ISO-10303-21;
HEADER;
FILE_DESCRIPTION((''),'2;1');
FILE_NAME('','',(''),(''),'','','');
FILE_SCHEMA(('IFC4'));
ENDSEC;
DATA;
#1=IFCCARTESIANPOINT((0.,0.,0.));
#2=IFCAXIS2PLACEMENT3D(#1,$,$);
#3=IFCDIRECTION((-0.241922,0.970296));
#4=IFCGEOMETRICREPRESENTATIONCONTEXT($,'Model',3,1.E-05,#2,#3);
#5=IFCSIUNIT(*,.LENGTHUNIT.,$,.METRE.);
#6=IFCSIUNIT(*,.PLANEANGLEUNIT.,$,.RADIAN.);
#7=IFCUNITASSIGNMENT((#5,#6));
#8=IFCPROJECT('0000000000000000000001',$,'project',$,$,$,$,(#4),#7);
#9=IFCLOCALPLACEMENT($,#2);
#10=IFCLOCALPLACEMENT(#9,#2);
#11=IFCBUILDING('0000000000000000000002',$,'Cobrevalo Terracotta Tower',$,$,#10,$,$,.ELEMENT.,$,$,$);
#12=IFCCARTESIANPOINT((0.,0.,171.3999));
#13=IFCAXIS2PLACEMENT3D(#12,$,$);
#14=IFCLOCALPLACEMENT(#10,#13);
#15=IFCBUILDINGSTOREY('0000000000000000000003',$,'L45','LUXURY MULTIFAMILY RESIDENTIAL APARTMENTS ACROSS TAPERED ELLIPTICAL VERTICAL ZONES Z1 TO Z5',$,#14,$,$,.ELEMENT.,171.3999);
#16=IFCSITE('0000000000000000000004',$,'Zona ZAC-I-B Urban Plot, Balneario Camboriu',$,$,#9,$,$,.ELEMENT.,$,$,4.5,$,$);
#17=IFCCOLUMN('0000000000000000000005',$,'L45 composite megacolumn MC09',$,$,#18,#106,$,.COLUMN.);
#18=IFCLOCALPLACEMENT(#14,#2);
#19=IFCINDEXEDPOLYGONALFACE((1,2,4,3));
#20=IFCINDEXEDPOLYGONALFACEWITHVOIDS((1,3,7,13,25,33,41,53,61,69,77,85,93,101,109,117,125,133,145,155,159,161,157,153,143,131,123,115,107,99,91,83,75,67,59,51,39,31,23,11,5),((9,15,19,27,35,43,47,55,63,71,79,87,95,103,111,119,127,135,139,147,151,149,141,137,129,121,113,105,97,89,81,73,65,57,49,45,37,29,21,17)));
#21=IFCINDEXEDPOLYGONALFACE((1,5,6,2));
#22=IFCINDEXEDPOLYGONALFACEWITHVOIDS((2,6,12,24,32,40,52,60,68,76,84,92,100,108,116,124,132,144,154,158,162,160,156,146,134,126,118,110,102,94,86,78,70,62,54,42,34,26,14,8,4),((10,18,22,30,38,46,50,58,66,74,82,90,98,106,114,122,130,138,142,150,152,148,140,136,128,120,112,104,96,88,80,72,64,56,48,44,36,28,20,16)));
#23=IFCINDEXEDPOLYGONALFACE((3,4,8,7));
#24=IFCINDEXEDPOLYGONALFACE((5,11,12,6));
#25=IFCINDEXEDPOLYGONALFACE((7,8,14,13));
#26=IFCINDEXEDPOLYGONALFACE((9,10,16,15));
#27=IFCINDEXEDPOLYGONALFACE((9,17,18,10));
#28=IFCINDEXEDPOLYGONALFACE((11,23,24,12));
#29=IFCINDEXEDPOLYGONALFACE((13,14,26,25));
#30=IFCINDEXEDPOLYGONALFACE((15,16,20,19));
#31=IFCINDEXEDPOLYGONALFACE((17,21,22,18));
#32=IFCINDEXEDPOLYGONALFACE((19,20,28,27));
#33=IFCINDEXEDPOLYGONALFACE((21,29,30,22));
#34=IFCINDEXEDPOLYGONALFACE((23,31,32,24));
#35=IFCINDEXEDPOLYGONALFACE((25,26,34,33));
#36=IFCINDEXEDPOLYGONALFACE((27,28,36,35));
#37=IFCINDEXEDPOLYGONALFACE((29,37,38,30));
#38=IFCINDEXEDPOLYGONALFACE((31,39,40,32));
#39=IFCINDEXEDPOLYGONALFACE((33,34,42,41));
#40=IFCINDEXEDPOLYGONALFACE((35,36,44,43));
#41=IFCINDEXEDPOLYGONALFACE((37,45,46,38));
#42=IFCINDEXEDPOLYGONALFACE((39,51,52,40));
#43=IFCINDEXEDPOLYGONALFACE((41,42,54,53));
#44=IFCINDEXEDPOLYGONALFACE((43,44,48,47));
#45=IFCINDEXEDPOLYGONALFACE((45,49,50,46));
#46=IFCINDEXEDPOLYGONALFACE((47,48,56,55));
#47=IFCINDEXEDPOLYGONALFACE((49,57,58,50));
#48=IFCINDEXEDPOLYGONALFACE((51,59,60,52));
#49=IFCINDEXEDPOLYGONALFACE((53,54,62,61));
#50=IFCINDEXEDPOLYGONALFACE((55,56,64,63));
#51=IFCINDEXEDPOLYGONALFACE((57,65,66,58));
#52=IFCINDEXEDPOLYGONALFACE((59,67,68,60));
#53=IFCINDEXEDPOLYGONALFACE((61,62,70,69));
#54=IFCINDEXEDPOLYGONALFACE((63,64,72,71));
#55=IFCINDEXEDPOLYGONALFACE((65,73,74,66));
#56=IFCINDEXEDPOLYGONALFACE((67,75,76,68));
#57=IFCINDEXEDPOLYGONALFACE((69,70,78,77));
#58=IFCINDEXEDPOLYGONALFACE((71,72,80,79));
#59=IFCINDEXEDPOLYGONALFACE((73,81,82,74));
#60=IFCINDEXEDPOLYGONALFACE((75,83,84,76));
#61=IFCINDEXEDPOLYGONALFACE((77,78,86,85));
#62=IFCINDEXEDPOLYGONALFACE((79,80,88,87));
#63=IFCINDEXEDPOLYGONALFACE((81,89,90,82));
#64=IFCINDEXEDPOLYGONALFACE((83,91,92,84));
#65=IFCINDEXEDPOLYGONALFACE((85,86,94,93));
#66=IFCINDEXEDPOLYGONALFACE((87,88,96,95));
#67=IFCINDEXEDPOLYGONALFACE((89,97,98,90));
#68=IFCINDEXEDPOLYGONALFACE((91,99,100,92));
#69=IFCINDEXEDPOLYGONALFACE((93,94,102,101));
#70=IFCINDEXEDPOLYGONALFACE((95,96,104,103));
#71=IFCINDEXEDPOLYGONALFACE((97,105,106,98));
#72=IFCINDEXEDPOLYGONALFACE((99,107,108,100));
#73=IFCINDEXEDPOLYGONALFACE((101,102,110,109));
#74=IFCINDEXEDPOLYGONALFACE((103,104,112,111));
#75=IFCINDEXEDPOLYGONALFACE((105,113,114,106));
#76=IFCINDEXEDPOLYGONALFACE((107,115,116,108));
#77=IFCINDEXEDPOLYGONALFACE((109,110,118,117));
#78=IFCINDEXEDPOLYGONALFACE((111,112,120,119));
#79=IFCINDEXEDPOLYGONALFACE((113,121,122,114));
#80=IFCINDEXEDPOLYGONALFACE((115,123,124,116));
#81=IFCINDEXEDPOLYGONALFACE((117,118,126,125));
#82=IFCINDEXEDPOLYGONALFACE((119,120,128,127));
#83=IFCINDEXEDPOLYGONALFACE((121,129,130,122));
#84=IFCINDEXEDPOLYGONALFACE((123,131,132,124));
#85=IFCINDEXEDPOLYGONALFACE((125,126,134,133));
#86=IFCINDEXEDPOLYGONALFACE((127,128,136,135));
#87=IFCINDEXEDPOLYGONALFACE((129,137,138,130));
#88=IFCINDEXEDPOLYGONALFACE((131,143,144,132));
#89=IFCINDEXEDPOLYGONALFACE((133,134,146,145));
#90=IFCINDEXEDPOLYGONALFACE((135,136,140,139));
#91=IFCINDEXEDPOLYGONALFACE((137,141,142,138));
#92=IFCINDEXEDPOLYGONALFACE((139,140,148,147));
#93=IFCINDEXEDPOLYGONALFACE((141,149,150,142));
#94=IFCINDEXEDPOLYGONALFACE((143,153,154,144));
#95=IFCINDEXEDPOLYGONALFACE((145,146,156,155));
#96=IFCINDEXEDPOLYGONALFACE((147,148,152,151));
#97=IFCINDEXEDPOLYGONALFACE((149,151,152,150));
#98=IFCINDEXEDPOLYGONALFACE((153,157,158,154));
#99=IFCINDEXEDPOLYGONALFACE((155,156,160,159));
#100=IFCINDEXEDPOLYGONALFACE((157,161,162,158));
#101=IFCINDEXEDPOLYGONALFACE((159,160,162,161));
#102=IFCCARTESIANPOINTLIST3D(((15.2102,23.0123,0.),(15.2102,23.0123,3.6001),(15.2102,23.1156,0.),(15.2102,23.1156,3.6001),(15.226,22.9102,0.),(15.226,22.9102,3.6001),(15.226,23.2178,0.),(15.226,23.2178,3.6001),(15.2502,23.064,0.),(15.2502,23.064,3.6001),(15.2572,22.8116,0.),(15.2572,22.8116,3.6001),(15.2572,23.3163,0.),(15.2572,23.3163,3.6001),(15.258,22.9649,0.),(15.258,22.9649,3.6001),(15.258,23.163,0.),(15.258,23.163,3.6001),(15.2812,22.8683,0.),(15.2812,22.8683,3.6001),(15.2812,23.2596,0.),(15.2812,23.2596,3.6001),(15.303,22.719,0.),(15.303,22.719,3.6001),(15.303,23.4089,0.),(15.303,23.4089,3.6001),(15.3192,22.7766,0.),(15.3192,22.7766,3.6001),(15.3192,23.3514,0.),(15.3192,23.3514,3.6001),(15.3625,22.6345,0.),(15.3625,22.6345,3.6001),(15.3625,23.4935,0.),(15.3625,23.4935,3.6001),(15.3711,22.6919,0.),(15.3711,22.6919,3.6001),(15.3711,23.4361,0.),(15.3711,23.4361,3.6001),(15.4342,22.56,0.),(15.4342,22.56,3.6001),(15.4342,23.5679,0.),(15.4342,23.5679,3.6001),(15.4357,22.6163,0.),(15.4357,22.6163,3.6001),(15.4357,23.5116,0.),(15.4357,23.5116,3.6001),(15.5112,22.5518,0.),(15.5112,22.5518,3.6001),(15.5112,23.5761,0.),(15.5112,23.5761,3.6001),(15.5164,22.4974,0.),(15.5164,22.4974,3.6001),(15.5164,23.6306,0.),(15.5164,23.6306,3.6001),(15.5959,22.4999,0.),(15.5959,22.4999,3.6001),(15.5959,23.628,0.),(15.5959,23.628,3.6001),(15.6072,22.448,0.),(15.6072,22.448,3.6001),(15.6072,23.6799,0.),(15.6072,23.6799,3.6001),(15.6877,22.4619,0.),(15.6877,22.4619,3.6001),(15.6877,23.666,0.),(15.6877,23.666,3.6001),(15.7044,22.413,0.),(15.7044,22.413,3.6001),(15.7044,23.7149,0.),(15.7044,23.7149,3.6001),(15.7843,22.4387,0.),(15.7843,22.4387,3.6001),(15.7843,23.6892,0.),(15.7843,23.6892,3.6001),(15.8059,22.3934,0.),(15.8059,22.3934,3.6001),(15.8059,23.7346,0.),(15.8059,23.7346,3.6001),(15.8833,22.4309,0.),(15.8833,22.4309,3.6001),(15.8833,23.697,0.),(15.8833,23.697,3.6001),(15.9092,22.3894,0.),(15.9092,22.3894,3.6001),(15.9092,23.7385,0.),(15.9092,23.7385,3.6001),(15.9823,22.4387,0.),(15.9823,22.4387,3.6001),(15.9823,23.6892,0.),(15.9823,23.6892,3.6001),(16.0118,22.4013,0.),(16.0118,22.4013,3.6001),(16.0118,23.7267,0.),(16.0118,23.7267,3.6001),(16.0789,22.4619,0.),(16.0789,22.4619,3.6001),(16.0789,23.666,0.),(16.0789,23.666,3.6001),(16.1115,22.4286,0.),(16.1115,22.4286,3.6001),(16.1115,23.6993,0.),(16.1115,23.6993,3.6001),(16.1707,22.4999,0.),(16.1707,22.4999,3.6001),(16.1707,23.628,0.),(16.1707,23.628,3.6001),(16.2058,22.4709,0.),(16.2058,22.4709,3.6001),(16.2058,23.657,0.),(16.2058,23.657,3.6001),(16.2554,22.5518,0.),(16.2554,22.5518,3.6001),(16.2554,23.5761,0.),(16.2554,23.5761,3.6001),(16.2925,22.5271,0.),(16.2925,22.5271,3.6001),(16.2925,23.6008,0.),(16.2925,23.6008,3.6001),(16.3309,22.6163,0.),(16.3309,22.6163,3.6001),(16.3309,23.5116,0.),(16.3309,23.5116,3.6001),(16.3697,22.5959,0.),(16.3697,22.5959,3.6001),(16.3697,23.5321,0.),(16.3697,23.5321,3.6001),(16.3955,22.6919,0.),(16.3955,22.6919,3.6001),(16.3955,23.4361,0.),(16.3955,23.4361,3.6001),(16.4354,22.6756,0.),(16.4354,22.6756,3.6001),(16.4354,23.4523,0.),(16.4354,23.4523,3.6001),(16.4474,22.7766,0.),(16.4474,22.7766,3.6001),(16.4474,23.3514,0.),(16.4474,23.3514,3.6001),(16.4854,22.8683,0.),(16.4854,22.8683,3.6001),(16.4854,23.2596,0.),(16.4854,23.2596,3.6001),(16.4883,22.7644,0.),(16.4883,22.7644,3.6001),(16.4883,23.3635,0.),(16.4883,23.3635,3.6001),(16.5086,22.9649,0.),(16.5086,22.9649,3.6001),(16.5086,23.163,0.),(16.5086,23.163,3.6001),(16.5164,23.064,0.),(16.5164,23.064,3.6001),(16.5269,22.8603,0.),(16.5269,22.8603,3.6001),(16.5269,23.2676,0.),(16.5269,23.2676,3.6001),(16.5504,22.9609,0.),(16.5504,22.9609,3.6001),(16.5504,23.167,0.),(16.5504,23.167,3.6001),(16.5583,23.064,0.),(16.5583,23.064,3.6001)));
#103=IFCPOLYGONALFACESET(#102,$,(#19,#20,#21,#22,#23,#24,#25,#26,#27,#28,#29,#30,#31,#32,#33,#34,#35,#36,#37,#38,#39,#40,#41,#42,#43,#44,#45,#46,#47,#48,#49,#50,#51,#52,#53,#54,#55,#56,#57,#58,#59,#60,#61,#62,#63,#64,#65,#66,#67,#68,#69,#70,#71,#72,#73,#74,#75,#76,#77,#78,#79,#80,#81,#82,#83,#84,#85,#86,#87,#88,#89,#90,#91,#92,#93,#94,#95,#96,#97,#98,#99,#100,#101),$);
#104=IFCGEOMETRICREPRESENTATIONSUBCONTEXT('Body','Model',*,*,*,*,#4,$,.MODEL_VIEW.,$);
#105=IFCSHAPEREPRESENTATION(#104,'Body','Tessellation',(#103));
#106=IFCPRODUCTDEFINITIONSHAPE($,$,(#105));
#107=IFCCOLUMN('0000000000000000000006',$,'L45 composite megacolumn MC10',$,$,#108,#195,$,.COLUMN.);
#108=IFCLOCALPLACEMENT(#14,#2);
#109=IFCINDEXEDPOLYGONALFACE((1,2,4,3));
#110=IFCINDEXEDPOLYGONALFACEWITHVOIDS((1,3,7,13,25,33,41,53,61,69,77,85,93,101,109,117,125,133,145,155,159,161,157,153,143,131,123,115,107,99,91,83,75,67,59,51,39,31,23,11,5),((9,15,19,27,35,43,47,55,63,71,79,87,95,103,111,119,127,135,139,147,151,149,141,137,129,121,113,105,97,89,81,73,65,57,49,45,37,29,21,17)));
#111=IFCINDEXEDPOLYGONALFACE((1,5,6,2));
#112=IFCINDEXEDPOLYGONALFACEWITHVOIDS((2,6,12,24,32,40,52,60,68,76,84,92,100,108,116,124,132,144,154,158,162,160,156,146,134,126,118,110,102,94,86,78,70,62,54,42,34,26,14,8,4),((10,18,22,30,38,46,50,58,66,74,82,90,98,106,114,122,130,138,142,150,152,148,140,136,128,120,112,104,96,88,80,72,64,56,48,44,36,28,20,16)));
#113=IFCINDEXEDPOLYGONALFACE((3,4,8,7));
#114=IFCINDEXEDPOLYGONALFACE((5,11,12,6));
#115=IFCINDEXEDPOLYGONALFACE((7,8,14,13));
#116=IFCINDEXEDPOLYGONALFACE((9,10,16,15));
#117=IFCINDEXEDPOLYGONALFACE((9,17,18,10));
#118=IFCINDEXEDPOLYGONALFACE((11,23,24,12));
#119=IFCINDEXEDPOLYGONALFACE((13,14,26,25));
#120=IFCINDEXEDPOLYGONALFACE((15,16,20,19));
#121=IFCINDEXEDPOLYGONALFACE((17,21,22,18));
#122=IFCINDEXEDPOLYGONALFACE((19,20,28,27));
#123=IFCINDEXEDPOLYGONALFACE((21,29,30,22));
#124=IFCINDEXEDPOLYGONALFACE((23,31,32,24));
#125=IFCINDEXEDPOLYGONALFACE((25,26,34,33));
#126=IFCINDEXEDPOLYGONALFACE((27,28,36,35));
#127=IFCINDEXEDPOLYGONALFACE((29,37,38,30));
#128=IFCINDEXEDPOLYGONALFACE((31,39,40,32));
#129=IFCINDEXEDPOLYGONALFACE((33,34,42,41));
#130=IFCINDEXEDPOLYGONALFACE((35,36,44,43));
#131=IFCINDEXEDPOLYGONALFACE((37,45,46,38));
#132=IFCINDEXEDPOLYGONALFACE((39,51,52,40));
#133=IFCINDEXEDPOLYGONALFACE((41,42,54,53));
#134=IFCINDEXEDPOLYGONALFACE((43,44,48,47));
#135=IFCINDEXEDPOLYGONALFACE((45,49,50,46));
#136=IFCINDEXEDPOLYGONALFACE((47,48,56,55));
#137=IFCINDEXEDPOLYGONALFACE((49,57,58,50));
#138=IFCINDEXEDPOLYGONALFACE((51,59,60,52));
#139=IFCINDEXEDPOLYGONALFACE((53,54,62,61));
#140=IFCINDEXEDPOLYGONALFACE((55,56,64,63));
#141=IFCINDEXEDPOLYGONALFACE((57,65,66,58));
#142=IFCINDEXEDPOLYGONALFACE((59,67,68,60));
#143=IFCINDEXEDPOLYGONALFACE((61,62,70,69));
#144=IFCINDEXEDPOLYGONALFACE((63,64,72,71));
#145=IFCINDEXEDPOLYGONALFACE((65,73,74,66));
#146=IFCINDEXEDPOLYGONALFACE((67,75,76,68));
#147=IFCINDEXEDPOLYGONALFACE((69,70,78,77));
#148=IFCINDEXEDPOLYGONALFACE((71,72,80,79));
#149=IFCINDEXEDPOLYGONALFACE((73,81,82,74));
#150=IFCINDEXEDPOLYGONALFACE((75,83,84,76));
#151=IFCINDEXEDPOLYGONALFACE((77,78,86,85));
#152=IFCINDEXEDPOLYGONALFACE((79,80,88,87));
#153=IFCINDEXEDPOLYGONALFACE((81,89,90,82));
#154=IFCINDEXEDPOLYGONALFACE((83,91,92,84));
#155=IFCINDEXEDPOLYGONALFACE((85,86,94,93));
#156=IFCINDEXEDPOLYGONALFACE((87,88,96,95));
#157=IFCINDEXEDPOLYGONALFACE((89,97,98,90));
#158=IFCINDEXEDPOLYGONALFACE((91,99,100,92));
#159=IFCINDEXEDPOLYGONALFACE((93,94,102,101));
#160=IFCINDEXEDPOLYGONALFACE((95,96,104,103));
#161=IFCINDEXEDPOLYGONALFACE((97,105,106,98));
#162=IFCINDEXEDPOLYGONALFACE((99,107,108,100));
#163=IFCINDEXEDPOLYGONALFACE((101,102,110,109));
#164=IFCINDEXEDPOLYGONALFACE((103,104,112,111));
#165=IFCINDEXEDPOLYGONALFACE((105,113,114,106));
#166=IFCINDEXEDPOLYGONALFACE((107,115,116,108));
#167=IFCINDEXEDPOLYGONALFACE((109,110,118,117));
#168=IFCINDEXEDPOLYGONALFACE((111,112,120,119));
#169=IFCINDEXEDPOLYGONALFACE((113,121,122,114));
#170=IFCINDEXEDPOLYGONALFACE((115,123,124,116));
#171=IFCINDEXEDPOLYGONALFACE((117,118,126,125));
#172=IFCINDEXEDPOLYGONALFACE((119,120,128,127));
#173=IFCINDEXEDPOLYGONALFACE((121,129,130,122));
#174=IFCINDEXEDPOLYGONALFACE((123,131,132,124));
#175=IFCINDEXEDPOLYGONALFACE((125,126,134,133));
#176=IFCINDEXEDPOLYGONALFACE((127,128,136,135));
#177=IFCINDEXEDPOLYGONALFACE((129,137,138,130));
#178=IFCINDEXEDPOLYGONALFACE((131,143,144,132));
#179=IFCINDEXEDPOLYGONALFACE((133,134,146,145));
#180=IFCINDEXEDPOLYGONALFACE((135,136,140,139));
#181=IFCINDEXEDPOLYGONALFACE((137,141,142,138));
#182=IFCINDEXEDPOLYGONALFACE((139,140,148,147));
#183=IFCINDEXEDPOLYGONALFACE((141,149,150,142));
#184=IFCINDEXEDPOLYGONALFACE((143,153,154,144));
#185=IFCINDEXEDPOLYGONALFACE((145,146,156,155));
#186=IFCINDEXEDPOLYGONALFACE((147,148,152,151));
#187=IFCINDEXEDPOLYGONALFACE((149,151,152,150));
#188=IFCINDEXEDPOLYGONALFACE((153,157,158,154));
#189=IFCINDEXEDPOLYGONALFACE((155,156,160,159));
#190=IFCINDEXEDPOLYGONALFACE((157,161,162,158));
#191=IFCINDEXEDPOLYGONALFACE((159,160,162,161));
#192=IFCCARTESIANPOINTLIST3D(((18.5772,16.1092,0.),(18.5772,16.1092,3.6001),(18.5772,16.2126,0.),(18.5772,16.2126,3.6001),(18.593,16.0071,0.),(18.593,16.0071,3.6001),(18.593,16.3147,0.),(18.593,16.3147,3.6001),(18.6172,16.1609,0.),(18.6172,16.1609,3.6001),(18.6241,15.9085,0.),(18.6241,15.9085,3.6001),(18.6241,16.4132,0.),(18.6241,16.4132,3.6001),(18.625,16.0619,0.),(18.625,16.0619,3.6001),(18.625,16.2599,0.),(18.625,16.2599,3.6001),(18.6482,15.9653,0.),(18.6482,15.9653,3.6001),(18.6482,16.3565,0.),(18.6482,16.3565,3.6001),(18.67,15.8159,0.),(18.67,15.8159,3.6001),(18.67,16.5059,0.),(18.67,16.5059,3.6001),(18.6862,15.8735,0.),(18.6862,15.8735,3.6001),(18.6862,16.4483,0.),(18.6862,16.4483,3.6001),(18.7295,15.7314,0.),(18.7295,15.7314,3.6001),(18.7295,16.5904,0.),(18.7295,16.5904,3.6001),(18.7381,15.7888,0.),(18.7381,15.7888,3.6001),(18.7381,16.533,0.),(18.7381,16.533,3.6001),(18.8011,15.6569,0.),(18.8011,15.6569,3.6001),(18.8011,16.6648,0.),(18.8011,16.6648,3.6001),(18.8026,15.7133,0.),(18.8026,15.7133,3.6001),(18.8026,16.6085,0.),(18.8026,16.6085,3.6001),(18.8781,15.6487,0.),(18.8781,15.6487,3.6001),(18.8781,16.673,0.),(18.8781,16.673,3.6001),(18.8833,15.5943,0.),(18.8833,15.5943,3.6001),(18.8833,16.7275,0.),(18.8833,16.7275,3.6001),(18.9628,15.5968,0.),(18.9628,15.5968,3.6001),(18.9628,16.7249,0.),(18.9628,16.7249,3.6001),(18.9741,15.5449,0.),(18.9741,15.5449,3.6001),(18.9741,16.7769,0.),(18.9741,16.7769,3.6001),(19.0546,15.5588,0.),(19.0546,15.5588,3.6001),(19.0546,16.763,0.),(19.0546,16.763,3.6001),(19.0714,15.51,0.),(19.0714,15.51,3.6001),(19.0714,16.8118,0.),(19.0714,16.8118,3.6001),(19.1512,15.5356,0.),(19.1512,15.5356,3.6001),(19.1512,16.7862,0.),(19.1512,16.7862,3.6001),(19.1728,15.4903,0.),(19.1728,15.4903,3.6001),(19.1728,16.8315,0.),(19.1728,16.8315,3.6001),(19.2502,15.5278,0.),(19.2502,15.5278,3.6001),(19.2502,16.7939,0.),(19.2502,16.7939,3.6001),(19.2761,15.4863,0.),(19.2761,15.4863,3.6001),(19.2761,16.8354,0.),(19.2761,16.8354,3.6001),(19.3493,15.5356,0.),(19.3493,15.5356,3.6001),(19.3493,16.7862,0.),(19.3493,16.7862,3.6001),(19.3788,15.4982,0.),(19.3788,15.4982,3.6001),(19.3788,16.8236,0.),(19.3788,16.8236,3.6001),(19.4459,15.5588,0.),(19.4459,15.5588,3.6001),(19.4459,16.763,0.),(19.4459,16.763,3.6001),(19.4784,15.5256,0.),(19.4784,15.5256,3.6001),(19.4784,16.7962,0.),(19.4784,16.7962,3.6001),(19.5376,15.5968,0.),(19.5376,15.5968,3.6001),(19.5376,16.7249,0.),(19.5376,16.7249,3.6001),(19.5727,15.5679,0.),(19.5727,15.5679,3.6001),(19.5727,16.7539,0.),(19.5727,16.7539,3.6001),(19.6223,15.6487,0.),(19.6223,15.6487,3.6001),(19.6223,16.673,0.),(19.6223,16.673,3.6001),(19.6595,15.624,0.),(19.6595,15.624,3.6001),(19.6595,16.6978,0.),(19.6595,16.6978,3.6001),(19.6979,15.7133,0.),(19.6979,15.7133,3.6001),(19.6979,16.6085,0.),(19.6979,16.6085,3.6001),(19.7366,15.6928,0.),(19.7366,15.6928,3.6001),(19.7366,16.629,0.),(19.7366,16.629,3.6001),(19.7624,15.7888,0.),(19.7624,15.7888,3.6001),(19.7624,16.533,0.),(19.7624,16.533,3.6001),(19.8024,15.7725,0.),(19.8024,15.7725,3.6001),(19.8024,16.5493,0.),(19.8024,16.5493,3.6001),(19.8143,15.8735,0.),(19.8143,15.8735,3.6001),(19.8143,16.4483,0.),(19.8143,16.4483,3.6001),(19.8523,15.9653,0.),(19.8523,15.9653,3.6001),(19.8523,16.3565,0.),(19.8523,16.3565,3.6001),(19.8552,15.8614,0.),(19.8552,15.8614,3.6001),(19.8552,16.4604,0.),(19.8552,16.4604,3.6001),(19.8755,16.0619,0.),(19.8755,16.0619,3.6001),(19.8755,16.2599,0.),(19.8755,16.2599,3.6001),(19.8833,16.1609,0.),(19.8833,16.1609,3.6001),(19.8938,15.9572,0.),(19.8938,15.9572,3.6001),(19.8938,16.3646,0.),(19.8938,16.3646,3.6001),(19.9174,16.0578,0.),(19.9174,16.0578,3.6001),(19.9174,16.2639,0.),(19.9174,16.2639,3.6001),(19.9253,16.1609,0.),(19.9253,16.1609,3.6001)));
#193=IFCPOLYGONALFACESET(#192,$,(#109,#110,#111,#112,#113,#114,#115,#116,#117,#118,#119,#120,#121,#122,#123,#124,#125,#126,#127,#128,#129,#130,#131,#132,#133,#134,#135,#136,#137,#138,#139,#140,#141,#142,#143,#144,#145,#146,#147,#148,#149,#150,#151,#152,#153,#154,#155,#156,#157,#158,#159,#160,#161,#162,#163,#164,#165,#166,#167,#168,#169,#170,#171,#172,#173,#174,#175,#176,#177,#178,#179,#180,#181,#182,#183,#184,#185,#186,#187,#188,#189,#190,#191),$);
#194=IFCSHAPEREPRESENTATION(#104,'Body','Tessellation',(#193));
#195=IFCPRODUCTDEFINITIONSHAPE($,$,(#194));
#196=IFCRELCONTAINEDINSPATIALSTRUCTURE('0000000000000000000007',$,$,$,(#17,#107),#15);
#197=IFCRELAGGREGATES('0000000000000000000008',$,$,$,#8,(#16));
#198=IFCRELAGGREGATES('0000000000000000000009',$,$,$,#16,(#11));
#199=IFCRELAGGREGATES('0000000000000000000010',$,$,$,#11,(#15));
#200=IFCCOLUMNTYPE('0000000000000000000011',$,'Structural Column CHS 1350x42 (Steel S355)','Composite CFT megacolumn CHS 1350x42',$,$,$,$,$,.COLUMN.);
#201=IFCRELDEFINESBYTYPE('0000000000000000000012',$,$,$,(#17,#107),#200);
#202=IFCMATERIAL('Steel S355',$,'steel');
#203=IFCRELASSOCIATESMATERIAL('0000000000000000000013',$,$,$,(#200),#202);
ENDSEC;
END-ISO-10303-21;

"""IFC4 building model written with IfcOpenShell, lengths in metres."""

from ifc_helpers import new_model, si_unit, direction, frame, origin, origin_2d, place, context, subcontext, project, spatial, hollow_circle, extrude, material, material_profile, profile_set, type_object, element, save


model = new_model("IFC4")

# Units and contexts
model_context = context("Model", 3, precision=1e-05, world=origin(), true_north=direction((-0.241922, 0.970296)))
body_context = subcontext(model_context, "Body", "Model", "MODEL_VIEW")
ifc_project = project(units=[si_unit("LENGTHUNIT", "METRE"), si_unit("PLANEANGLEUNIT", "RADIAN")], contexts=[model_context])

# Site, building, storey
site_placement = place(None, origin())
site = spatial("IfcSite", under=ifc_project, at=site_placement, Name="Zona ZAC-I-B Urban Plot, Balneario Camboriu", CompositionType="ELEMENT", RefElevation=4.5)
building_placement = place(site_placement, origin())
building = spatial("IfcBuilding", under=site, at=building_placement, Name="Cobrevalo Terracotta Tower", CompositionType="ELEMENT")
storey_placement = place(building_placement, frame((0.0, 0.0, 171.3999)))
storey = spatial("IfcBuildingStorey", under=building, at=storey_placement, Name="L45", Description="LUXURY MULTIFAMILY RESIDENTIAL APARTMENTS ACROSS TAPERED ELLIPTICAL VERTICAL ZONES Z1 TO Z5", CompositionType="ELEMENT", Elevation=171.3999)

# Columns
ifc_material_1 = material(Name="Steel S355", Category="steel")
ifc_material_profile_1 = material_profile(ifc_material_1, hollow_circle(Radius=0.675, WallThickness=0.042, at=origin_2d()), Name="CHS 1350x42")
ifc_profile_set_1 = profile_set([ifc_material_profile_1], Name="Steel S355")
column_type = type_object("IfcColumnType", Name="Structural Column CHS 1350x42 (Steel S355)", Description="Composite CFT megacolumn CHS 1350x42", PredefinedType="COLUMN", material=ifc_profile_set_1)
for number, where, z_axis, x_axis, name in (
    (1, (15.8833, 23.064, 0.0), (0.0, 0.0, 1.0), (1.0, 0.0, 0.0), "L45 composite megacolumn MC09"),
    (2, (19.2502, 16.1609, 0.0), (0.0, 0.0, 1.0), (1.0, 0.0, 0.0), "L45 composite megacolumn MC10"),
):
    element("IfcColumn", number, at=place(storey_placement, frame(where, z_axis=z_axis, x_axis=x_axis)), inside=storey, type_object=column_type, Name=name, PredefinedType="COLUMN", context=body_context, shape_type="SweptSolid", body=[
        extrude(hollow_circle(Radius=0.675, WallThickness=0.042, at=origin_2d()), origin(), (0.0, 0.0, 1.0), 3.6001),
    ])

save(model, "model.ifc")
